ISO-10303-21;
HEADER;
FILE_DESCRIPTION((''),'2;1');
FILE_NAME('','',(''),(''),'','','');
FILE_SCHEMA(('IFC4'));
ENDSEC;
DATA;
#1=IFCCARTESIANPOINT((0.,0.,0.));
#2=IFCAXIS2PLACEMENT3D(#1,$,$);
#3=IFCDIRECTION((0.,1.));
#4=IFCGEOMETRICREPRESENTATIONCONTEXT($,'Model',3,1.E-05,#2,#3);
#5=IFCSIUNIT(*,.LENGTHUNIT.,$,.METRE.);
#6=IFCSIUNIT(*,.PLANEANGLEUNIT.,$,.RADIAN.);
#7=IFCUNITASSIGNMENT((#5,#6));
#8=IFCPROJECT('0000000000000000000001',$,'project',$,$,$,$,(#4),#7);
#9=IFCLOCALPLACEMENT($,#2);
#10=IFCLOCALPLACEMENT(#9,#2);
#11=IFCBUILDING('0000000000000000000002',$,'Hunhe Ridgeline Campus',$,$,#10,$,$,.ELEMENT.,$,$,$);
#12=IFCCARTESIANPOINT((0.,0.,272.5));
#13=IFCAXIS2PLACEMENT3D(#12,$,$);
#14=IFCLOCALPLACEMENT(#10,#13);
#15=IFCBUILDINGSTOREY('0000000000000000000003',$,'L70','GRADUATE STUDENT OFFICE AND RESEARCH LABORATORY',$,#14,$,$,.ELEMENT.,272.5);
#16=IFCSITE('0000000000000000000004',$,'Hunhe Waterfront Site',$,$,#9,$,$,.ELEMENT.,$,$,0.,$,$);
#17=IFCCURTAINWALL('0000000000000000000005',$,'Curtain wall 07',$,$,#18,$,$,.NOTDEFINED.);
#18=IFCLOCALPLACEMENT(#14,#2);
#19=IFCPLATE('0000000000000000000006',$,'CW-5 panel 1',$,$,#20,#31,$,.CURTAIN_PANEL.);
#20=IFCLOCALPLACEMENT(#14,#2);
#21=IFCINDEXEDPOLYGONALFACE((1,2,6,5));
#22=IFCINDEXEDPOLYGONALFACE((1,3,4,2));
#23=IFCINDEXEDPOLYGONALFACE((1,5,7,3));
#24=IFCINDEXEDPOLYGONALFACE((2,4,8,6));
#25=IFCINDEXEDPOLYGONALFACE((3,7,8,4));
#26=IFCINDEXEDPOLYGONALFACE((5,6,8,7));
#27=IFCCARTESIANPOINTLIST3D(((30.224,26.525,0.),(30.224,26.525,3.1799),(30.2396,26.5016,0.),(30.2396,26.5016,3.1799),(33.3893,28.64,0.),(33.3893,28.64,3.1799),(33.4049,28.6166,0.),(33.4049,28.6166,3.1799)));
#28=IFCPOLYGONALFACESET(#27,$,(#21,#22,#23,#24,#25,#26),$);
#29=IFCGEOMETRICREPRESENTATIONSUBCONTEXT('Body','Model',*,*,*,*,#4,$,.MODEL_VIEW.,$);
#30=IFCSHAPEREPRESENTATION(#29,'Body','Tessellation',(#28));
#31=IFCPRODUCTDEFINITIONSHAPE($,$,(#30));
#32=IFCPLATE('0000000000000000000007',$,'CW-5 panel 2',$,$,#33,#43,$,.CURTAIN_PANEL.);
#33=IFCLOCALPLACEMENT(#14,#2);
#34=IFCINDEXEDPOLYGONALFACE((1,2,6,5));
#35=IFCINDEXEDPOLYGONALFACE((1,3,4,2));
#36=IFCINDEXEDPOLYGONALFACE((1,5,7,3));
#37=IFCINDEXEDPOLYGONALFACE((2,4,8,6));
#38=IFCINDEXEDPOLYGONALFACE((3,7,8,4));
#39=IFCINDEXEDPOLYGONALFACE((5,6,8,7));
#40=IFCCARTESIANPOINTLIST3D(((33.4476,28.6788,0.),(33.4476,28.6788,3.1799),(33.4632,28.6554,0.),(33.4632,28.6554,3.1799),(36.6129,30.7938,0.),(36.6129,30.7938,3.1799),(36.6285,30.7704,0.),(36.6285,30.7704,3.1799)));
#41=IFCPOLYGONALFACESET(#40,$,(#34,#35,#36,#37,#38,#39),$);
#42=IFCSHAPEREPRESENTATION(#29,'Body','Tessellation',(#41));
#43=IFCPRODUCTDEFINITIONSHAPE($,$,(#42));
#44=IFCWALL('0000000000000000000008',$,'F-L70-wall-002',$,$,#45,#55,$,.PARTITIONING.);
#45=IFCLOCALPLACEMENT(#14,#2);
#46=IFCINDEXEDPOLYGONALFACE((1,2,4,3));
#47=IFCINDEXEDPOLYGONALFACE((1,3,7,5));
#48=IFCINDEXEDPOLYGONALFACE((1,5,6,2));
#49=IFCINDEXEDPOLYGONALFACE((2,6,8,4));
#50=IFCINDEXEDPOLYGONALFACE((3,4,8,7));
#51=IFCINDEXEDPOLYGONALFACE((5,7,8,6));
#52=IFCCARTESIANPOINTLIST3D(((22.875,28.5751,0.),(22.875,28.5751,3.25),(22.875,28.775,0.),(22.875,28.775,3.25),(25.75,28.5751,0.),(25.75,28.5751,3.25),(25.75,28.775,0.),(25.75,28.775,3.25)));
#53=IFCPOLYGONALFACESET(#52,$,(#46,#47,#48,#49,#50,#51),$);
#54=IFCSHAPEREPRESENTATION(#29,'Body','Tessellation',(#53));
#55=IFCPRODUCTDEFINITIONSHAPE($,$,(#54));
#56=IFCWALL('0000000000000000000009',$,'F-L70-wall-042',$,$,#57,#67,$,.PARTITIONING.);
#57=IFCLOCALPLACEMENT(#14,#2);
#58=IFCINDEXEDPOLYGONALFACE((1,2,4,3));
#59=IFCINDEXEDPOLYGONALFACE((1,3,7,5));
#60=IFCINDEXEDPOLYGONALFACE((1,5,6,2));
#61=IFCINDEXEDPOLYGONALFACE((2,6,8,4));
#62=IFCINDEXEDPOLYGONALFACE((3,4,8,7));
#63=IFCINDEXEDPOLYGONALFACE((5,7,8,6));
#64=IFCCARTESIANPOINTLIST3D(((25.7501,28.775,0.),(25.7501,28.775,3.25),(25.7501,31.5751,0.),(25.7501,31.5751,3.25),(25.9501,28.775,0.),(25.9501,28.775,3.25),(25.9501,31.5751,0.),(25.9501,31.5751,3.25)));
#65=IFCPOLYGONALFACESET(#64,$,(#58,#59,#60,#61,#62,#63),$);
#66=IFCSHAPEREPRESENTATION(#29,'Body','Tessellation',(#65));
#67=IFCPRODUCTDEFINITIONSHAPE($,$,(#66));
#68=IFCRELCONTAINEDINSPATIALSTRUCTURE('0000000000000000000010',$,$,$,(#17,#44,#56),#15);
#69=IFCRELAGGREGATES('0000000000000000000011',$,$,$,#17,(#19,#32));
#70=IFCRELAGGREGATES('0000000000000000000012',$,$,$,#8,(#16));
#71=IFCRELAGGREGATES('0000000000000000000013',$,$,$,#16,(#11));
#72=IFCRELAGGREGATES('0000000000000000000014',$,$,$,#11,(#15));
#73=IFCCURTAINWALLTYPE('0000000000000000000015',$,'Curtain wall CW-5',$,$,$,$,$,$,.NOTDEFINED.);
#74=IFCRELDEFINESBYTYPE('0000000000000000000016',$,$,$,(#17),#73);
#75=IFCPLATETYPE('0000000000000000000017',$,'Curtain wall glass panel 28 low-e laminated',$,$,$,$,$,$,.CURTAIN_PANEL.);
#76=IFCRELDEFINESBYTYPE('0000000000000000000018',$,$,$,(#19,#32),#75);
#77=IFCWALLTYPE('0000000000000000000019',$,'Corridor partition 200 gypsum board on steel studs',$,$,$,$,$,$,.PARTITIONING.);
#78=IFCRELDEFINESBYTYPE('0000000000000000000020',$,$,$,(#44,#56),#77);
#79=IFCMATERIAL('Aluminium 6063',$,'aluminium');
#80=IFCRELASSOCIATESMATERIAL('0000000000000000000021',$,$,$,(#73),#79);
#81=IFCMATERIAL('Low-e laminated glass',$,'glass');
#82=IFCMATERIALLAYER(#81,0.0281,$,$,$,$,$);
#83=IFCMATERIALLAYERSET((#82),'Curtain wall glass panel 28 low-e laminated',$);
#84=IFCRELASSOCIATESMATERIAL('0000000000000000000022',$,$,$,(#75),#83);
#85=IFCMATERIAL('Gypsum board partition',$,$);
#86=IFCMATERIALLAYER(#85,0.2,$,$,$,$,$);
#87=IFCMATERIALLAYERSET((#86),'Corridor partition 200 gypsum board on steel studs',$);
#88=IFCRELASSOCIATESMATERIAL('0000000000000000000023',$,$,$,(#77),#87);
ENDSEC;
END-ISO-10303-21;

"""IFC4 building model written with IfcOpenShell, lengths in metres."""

from ifc_helpers import new_model, si_unit, direction, frame, frame_2d, origin, origin_2d, place, context, subcontext, project, spatial, rectangle, extrude, material, layer, layer_set, type_object, element, aggregate, save


model = new_model("IFC4")

# Units and contexts
model_context = context("Model", 3, precision=1e-05, world=origin(), true_north=direction((0.0, 1.0)))
body_context = subcontext(model_context, "Body", "Model", "MODEL_VIEW")
ifc_project = project(units=[si_unit("LENGTHUNIT", "METRE"), si_unit("PLANEANGLEUNIT", "RADIAN")], contexts=[model_context])

# Site, building, storey
site_placement = place(None, origin())
site = spatial("IfcSite", under=ifc_project, at=site_placement, Name="Hunhe Waterfront Site", CompositionType="ELEMENT", RefElevation=0.0)
building_placement = place(site_placement, origin())
building = spatial("IfcBuilding", under=site, at=building_placement, Name="Hunhe Ridgeline Campus", CompositionType="ELEMENT")
storey_placement = place(building_placement, frame((0.0, 0.0, 272.5)))
storey = spatial("IfcBuildingStorey", under=building, at=storey_placement, Name="L70", Description="GRADUATE STUDENT OFFICE AND RESEARCH LABORATORY", CompositionType="ELEMENT", Elevation=272.5)

# Curtain wall
ifc_material_1 = material(Name="Aluminium 6063", Category="aluminium")
curtain_wall_type = type_object("IfcCurtainWallType", Name="Curtain wall CW-5", PredefinedType="NOTDEFINED", material=ifc_material_1)
curtain_wall_1_placement = place(storey_placement, origin())
curtain_wall_1 = element("IfcCurtainWall", 1, at=curtain_wall_1_placement, inside=storey, type_object=curtain_wall_type, Name="Curtain wall 07", PredefinedType="NOTDEFINED")

# Plates
ifc_material_2 = material(Name="Low-e laminated glass", Category="glass")
ifc_layer_1 = layer(ifc_material_2, 0.0281)
ifc_layer_set_1 = layer_set([ifc_layer_1], Name="Curtain wall glass panel 28 low-e laminated")
plate_type = type_object("IfcPlateType", Name="Curtain wall glass panel 28 low-e laminated", PredefinedType="CURTAIN_PANEL", material=ifc_layer_set_1)
plate_1_placement = place(storey_placement, frame((31.8145, 27.5708, 0.0), z_axis=(0.0, 0.0, 1.0), x_axis=(0.83147, 0.55557, 0.0)))
plate_1 = element("IfcPlate", 2, at=plate_1_placement, type_object=plate_type, Name="CW-5 panel 1", PredefinedType="CURTAIN_PANEL", context=body_context, shape_type="SweptSolid", body=[
    extrude(rectangle(XDim=3.8069, YDim=0.0281, at=origin_2d()), origin(), (0.0, 0.0, 1.0), 3.1799),
])
plate_2_placement = place(storey_placement, frame((35.0381, 29.7246, 0.0), z_axis=(0.0, 0.0, 1.0), x_axis=(0.83147, 0.55557, 0.0)))
plate_2 = element("IfcPlate", 3, at=plate_2_placement, type_object=plate_type, Name="CW-5 panel 2", PredefinedType="CURTAIN_PANEL", context=body_context, shape_type="SweptSolid", body=[
    extrude(rectangle(XDim=3.8069, YDim=0.0281, at=origin_2d()), origin(), (0.0, 0.0, 1.0), 3.1799),
])
aggregate(curtain_wall_1, [plate_1, plate_2])

# Walls
ifc_material_3 = material(Name="Gypsum board partition")
ifc_layer_2 = layer(ifc_material_3, 0.2)
ifc_layer_set_2 = layer_set([ifc_layer_2], Name="Corridor partition 200 gypsum board on steel studs")
wall_type = type_object("IfcWallType", Name="Corridor partition 200 gypsum board on steel studs", PredefinedType="PARTITIONING", material=ifc_layer_set_2)
wall_1_placement = place(storey_placement, frame((25.75, 28.675, 0.0), z_axis=(0.0, 0.0, 1.0), x_axis=(-1.0, 0.0, 0.0)))
element("IfcWall", 4, at=wall_1_placement, inside=storey, type_object=wall_type, Name="F-L70-wall-002", PredefinedType="PARTITIONING", context=body_context, shape_type="SweptSolid", body=[
    extrude(rectangle(XDim=2.875, YDim=0.2, at=frame_2d((1.4375, 0.0))), origin(), (0.0, 0.0, 1.0), 3.25),
])
wall_2_placement = place(storey_placement, frame((25.8501, 31.575, 0.0), z_axis=(0.0, 0.0, 1.0), x_axis=(0.0, -1.0, 0.0)))
element("IfcWall", 5, at=wall_2_placement, inside=storey, type_object=wall_type, Name="F-L70-wall-042", PredefinedType="PARTITIONING", context=body_context, shape_type="SweptSolid", body=[
    extrude(rectangle(XDim=2.8, YDim=0.2, at=frame_2d((1.3999, 0.0))), origin(), (0.0, 0.0, 1.0), 3.25),
])

save(model, "model.ifc")
